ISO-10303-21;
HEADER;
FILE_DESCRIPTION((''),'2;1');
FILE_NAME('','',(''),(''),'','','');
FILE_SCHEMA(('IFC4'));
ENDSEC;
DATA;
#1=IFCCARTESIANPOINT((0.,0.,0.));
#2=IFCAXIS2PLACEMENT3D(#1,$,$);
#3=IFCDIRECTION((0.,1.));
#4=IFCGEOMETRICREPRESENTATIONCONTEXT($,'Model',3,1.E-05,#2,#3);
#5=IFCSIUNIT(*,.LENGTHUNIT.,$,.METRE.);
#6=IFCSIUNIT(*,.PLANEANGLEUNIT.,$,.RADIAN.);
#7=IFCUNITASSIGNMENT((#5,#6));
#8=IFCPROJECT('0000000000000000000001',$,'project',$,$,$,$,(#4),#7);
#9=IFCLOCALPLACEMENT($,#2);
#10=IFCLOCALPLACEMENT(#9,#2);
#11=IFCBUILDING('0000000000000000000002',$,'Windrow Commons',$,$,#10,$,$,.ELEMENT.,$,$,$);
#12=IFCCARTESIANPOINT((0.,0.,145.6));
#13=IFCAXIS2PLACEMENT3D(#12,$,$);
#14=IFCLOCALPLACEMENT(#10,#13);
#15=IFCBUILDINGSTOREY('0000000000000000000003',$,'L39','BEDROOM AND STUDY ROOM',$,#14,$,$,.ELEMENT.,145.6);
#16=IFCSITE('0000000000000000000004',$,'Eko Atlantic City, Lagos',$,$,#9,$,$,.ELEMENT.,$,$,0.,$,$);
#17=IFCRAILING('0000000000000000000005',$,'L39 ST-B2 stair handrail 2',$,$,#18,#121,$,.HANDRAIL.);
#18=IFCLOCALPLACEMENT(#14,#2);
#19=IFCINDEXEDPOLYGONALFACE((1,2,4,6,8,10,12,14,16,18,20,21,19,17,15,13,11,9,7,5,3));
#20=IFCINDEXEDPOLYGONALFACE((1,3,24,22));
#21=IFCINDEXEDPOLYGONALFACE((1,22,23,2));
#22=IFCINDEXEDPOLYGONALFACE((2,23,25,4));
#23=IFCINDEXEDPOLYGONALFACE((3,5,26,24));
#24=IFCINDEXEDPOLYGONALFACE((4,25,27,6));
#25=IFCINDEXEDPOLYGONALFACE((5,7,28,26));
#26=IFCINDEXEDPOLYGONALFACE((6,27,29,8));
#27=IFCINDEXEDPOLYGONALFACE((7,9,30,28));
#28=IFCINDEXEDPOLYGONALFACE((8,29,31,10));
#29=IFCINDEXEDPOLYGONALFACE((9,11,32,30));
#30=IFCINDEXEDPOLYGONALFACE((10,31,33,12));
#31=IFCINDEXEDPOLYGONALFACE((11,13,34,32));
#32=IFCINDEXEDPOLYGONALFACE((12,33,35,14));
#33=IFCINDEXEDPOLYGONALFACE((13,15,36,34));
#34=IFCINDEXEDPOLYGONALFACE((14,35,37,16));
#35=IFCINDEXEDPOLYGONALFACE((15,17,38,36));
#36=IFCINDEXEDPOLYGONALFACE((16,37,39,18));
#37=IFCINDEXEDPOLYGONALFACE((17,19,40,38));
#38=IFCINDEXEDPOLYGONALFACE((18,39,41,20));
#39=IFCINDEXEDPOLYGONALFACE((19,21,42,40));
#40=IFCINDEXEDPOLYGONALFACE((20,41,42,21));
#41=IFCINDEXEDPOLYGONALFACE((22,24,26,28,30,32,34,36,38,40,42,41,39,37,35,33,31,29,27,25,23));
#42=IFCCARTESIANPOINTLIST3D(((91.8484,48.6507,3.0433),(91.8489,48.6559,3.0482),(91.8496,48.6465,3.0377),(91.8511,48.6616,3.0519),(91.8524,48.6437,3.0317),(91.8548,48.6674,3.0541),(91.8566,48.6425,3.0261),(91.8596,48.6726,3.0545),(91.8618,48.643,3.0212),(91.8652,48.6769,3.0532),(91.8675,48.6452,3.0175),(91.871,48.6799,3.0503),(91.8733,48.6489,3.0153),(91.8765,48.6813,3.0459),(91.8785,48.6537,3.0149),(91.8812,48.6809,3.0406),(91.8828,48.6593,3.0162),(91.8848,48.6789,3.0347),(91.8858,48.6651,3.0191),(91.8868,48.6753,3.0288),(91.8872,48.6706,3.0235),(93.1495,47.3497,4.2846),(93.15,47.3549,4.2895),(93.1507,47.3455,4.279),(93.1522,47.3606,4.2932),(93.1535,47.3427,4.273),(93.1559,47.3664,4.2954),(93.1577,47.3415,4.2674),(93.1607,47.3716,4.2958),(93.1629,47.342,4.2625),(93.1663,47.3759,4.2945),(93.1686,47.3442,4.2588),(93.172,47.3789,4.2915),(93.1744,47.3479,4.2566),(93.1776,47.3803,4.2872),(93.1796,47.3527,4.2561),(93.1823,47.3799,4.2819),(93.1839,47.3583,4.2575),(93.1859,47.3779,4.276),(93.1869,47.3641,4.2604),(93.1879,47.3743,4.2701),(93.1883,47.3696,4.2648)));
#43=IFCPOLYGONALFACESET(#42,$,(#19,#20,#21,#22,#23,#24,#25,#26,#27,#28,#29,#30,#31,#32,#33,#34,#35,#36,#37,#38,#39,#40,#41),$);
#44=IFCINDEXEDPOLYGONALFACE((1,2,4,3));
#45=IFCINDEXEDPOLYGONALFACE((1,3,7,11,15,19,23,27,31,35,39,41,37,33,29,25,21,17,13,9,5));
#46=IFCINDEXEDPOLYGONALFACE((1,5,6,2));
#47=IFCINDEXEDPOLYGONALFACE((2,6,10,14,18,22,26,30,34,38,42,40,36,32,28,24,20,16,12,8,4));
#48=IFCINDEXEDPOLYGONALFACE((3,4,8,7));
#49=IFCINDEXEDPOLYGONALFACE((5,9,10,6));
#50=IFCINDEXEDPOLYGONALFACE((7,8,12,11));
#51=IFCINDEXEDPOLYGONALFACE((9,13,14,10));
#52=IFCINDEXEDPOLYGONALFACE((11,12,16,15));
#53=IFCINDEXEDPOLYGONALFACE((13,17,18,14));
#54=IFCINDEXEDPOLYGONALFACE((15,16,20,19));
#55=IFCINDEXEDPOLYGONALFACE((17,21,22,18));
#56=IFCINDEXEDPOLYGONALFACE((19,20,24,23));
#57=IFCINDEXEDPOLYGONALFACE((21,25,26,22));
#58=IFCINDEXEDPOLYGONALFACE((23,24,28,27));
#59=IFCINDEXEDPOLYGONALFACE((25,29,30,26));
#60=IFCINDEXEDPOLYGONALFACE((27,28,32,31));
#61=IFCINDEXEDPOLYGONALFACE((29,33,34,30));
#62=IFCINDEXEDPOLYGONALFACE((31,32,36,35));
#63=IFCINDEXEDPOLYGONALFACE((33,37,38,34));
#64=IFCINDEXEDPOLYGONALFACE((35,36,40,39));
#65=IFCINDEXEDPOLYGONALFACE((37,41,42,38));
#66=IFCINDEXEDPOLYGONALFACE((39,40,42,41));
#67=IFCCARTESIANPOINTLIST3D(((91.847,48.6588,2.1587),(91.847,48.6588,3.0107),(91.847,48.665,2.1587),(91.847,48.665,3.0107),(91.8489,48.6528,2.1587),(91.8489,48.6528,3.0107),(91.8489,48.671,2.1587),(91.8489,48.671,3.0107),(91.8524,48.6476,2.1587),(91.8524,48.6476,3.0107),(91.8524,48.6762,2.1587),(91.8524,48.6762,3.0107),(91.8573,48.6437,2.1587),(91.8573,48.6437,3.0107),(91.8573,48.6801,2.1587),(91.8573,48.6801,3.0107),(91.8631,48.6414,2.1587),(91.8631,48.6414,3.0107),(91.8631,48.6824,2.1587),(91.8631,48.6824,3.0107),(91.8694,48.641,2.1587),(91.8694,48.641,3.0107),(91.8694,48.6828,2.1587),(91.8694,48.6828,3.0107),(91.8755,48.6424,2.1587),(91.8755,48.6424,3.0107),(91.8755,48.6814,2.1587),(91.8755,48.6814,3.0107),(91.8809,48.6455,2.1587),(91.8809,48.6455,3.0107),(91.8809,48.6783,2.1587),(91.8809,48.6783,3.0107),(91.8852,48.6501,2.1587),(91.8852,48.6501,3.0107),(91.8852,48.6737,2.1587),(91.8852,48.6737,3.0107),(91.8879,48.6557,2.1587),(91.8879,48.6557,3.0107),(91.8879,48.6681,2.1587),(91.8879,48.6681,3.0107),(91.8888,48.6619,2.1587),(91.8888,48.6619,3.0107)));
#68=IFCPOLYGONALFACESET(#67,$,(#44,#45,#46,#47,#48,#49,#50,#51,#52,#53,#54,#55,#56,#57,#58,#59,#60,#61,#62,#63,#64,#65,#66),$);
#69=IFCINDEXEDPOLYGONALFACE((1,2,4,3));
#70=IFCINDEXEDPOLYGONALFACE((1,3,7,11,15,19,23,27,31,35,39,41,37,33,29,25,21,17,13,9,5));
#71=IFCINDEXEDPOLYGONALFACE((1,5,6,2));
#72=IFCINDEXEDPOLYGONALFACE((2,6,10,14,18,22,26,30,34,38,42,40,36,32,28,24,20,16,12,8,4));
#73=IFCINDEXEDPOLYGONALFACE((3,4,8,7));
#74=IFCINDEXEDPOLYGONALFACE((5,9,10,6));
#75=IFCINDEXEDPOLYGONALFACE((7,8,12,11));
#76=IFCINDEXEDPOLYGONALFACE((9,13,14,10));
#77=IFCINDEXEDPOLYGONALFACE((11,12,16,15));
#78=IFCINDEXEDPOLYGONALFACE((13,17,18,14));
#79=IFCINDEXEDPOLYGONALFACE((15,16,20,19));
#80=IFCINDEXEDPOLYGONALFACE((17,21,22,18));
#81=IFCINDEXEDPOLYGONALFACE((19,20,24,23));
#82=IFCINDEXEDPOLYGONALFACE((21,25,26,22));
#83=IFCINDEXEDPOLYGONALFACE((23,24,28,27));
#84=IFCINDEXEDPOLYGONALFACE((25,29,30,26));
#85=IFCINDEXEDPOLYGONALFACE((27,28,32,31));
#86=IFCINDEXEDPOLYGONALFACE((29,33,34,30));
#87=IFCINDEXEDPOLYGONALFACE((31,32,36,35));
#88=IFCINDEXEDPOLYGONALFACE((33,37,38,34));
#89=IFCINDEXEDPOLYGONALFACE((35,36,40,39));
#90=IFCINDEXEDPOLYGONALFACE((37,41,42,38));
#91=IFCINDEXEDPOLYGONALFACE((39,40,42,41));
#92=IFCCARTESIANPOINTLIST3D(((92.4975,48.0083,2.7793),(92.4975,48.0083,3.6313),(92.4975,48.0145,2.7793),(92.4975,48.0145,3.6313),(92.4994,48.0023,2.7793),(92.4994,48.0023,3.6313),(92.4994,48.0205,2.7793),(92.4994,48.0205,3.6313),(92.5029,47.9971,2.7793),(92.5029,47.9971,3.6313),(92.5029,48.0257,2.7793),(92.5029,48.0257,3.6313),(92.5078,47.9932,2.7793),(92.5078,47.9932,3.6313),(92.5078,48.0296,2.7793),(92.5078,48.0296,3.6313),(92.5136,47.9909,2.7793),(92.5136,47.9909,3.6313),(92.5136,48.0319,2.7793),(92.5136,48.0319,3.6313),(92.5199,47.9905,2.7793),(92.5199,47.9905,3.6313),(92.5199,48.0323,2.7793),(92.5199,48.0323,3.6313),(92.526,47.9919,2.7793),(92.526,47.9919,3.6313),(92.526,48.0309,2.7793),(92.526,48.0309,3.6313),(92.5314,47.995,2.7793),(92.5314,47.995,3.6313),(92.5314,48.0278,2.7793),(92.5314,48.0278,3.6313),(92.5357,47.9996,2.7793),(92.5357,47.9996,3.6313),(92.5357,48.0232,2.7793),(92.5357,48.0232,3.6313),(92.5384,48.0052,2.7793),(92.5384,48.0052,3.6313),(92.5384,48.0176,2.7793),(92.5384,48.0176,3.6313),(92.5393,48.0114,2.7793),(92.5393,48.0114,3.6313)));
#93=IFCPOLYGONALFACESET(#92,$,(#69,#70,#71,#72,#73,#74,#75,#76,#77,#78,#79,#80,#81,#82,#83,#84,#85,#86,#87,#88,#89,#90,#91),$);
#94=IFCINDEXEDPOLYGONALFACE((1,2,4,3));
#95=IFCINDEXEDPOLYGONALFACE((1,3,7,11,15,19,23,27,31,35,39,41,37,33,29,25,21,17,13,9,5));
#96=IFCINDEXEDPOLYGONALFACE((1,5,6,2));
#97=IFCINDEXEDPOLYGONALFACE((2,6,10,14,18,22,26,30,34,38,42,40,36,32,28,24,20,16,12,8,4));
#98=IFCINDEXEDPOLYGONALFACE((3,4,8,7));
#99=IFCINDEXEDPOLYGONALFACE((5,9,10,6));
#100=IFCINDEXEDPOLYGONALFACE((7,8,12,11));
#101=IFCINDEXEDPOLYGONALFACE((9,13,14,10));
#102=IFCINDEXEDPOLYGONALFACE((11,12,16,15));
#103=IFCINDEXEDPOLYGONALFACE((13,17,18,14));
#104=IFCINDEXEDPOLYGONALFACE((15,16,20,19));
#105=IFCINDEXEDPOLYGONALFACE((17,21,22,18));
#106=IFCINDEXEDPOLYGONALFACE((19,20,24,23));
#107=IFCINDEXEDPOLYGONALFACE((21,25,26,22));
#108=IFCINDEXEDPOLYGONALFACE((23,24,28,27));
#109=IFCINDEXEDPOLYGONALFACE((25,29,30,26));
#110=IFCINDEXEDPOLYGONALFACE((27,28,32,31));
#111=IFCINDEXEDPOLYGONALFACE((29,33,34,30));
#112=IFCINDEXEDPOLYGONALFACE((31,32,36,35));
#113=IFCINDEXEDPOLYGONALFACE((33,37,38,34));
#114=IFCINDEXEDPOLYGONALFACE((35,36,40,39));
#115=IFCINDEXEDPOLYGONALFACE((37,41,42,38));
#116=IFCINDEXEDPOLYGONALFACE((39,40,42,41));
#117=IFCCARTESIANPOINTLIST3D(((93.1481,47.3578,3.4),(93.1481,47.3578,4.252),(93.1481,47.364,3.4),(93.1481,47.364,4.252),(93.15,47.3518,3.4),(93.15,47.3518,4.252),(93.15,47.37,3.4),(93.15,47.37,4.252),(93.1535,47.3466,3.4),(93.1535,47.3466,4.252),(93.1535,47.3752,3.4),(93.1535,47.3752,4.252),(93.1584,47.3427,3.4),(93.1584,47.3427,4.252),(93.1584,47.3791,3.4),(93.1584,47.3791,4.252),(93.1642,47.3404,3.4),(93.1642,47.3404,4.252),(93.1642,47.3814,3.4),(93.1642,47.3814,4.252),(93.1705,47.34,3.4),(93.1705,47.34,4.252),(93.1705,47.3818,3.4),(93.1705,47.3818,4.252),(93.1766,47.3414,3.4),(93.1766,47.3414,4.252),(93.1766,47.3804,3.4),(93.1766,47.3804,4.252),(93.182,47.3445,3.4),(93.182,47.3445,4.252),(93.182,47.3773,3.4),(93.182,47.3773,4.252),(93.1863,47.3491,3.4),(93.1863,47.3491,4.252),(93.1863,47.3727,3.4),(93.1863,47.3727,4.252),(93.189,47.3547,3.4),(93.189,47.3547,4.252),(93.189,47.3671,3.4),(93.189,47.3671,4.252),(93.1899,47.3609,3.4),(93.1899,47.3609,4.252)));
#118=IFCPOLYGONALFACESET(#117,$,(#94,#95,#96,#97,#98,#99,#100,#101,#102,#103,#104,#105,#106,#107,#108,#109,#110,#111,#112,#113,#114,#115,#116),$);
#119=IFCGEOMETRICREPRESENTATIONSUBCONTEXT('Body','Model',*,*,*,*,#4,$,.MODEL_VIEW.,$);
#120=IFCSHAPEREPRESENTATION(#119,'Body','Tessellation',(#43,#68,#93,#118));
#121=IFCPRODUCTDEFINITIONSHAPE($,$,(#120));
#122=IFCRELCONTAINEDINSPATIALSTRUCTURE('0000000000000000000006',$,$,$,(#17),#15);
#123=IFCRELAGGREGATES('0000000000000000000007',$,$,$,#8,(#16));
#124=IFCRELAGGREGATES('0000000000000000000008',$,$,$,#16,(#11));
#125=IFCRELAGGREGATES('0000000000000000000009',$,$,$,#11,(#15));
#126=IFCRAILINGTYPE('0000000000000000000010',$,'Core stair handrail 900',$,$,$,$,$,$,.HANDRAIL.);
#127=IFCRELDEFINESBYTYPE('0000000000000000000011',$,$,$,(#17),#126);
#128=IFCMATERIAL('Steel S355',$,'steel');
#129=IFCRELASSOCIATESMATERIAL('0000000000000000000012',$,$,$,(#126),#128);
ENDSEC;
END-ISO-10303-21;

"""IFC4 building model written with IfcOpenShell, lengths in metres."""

from ifc_helpers import new_model, si_unit, direction, frame, origin, origin_2d, place, context, subcontext, project, spatial, circle, extrude, material, type_object, element, save


model = new_model("IFC4")

# Units and contexts
model_context = context("Model", 3, precision=1e-05, world=origin(), true_north=direction((0.0, 1.0)))
body_context = subcontext(model_context, "Body", "Model", "MODEL_VIEW")
ifc_project = project(units=[si_unit("LENGTHUNIT", "METRE"), si_unit("PLANEANGLEUNIT", "RADIAN")], contexts=[model_context])

# Site, building, storey
site_placement = place(None, origin())
site = spatial("IfcSite", under=ifc_project, at=site_placement, Name="Eko Atlantic City, Lagos", CompositionType="ELEMENT", RefElevation=0.0)
building_placement = place(site_placement, origin())
building = spatial("IfcBuilding", under=site, at=building_placement, Name="Windrow Commons", CompositionType="ELEMENT")
storey_placement = place(building_placement, frame((0.0, 0.0, 145.6)))
storey = spatial("IfcBuildingStorey", under=building, at=storey_placement, Name="L39", Description="BEDROOM AND STUDY ROOM", CompositionType="ELEMENT", Elevation=145.6)

# Railing
ifc_material_1 = material(Name="Steel S355", Category="steel")
railing_type = type_object("IfcRailingType", Name="Core stair handrail 900", PredefinedType="HANDRAIL", material=ifc_material_1)
railing_placement = place(storey_placement, frame((91.8678, 48.6619, 2.1587)))
element("IfcRailing", 1, at=railing_placement, inside=storey, type_object=railing_type, Name="L39 ST-B2 stair handrail 2", PredefinedType="HANDRAIL", context=body_context, shape_type="SweptSolid", body=[
    extrude(circle(Radius=0.024, at=origin_2d()), frame((0.0, 0.0, 0.876), z_axis=(0.586207, -0.586162, 0.559264), x_axis=(0.70708, 0.707134, 0.0)), (0.0, 0.0, 1.0), 2.2195),
    extrude(circle(Radius=0.021, at=origin_2d()), origin(), (0.0, 0.0, 1.0), 0.852),
    extrude(circle(Radius=0.021, at=origin_2d()), frame((0.6505, -0.6505, 0.6206)), (0.0, 0.0, 1.0), 0.852),
    extrude(circle(Radius=0.021, at=origin_2d()), frame((1.3011, -1.301, 1.2413)), (0.0, 0.0, 1.0), 0.852),
])

save(model, "model.ifc")
